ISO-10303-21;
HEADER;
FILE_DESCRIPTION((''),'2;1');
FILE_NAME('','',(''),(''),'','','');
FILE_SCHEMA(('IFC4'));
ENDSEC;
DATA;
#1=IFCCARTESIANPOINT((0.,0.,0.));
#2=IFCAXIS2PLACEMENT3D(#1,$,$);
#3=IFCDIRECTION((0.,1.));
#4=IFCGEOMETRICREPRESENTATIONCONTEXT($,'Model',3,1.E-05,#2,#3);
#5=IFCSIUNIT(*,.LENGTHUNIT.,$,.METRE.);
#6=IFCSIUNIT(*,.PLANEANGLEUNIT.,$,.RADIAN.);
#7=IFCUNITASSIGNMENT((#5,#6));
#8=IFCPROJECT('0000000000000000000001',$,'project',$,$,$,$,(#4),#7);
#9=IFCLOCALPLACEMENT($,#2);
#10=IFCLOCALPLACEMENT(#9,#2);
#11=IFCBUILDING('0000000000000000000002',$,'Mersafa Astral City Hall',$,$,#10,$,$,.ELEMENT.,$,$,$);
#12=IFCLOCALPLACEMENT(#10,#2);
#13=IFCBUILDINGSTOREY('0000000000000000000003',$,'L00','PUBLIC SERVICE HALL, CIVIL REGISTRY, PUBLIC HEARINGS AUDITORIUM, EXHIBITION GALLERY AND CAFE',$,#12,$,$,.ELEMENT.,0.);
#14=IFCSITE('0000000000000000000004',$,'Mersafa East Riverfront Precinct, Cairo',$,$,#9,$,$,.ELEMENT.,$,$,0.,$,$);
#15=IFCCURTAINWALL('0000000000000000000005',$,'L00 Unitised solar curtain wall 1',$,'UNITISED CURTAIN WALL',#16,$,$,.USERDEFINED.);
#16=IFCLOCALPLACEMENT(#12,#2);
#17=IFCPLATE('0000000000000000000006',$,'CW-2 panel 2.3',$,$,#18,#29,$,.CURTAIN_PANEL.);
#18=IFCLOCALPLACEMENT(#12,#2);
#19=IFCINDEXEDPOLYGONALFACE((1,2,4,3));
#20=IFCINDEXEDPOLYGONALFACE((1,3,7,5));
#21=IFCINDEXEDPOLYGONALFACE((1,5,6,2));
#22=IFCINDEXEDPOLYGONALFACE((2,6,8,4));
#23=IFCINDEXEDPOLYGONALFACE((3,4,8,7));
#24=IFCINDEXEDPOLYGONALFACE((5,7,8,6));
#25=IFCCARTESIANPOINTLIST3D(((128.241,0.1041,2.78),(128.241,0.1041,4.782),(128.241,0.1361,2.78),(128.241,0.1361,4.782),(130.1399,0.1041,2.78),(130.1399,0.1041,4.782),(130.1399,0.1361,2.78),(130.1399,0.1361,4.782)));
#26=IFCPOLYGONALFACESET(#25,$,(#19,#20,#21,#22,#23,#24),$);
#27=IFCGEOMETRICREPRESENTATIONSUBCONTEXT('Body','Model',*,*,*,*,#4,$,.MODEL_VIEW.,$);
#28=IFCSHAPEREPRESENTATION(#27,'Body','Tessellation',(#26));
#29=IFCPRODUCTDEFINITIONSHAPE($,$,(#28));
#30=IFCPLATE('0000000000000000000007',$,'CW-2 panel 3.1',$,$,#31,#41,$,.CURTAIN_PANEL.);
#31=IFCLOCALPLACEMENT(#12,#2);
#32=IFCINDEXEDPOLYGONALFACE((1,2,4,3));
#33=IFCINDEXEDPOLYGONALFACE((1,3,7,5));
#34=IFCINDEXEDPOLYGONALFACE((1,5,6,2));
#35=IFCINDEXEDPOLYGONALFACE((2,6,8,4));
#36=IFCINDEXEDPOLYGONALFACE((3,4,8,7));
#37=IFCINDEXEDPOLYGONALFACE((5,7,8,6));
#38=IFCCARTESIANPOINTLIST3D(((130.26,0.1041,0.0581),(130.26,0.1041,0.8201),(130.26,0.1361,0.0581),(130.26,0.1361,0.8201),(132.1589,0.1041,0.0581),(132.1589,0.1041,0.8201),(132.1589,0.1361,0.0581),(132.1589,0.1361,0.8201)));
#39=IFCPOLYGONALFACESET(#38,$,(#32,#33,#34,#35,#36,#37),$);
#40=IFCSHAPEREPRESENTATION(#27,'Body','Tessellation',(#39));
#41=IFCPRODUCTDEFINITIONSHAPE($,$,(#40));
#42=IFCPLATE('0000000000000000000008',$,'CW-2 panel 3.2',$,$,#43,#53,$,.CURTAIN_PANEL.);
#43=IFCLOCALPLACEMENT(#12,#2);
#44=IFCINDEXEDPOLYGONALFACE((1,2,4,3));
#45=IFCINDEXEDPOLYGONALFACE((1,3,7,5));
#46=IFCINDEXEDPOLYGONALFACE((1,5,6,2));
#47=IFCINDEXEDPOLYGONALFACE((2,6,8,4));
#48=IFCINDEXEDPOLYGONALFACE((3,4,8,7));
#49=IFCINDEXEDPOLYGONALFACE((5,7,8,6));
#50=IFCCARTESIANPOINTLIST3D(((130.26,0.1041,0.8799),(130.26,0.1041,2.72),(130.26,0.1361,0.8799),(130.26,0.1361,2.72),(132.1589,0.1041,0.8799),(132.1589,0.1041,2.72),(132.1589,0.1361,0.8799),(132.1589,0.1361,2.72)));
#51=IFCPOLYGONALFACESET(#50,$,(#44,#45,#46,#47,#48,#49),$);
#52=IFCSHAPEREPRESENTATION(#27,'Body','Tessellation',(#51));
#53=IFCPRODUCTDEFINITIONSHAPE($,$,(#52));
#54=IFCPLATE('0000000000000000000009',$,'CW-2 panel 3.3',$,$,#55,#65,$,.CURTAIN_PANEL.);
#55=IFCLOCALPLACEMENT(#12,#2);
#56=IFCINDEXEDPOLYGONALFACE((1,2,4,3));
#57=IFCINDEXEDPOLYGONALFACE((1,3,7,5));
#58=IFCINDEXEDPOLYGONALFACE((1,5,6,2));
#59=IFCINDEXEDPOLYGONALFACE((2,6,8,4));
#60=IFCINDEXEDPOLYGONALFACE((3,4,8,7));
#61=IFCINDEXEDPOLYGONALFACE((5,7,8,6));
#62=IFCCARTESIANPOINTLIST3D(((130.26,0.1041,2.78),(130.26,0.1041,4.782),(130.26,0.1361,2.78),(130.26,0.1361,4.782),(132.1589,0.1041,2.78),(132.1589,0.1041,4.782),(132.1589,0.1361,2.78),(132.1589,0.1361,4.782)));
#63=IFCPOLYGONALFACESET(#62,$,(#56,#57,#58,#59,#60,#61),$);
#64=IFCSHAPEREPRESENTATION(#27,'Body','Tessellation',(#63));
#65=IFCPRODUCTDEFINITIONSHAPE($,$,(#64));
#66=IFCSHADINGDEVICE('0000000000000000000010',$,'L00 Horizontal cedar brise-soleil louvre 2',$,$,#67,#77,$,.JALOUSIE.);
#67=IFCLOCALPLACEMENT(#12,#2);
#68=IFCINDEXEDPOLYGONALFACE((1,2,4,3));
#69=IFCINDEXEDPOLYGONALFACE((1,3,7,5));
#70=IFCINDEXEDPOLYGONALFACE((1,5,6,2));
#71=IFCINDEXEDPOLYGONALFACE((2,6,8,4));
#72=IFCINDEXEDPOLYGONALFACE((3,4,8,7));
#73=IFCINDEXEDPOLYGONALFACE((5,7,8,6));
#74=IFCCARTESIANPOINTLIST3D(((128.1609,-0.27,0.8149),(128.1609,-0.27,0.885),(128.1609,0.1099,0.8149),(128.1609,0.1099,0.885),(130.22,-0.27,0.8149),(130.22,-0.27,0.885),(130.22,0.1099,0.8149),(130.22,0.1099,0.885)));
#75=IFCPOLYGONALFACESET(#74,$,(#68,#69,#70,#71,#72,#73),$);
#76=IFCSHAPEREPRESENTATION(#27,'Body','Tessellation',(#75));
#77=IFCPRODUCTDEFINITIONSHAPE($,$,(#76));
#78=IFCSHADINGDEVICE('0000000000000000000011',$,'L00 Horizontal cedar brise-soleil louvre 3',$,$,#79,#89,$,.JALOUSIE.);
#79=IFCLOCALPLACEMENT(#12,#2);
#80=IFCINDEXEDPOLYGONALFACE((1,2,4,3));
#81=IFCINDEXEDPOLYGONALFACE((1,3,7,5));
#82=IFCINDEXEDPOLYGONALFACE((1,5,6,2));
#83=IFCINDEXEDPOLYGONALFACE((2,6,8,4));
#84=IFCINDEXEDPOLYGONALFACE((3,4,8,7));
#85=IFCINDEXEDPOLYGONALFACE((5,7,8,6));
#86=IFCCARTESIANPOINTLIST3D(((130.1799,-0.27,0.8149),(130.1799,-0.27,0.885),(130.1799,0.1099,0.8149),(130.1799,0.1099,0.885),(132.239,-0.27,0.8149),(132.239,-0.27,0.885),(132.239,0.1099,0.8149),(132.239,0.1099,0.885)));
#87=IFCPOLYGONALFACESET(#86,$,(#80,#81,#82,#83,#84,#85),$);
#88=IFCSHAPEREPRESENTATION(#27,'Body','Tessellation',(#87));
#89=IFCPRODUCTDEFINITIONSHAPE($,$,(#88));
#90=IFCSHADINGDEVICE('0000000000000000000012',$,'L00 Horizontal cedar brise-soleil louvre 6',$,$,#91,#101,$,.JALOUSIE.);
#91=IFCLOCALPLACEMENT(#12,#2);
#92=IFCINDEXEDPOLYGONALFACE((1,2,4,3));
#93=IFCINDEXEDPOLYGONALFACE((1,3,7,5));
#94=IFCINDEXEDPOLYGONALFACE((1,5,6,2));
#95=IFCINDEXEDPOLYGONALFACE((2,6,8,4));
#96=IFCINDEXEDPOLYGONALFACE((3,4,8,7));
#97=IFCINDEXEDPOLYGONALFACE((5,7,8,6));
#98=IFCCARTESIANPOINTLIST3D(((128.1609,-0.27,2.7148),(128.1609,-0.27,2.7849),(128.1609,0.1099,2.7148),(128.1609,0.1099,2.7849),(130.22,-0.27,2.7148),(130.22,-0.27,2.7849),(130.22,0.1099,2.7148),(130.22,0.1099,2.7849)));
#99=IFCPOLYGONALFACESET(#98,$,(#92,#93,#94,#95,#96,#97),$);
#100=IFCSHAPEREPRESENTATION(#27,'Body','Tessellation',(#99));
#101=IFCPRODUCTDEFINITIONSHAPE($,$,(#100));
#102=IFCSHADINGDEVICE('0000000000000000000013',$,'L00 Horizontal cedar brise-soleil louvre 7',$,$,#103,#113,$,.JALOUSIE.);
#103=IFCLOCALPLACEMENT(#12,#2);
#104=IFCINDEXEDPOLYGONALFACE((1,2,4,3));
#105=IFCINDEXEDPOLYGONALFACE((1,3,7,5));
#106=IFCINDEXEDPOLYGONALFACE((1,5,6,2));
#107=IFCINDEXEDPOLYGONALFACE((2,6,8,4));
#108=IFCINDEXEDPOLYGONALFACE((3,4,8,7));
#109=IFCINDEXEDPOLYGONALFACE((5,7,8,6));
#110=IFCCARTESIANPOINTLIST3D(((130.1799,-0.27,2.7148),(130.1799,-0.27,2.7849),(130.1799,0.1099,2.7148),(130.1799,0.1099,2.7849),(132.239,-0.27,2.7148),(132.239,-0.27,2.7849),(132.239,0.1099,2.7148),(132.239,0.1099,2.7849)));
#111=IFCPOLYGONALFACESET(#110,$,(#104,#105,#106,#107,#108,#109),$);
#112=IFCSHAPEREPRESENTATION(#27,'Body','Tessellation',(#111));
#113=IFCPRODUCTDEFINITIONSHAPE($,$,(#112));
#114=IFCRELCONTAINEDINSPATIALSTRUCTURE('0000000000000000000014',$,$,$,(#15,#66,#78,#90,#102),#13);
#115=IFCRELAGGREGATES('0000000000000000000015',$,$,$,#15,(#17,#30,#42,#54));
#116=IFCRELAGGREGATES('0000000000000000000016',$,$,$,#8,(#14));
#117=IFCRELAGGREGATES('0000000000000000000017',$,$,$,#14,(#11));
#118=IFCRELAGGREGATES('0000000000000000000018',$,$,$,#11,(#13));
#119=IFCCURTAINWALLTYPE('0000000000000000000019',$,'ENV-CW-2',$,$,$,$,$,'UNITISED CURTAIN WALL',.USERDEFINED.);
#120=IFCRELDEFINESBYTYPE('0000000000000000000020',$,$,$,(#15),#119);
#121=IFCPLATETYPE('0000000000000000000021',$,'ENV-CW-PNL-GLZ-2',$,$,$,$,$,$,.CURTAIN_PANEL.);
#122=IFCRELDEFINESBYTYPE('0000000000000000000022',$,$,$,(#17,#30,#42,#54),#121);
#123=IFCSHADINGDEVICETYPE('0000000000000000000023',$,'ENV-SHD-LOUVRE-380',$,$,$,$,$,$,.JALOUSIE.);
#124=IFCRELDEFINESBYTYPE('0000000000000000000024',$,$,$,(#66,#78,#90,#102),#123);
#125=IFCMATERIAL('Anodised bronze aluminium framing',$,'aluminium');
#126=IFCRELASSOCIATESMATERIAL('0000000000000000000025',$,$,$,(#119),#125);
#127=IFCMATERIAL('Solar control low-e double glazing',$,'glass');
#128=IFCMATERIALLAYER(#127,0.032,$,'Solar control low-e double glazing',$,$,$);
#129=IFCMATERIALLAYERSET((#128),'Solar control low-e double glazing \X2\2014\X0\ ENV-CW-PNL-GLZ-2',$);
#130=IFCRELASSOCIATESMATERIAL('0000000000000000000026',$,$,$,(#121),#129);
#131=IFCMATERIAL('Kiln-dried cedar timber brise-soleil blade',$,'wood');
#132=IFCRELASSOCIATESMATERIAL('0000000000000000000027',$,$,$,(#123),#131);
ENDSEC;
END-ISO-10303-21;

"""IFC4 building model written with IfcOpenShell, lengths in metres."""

from ifc_helpers import new_model, si_unit, direction, frame, origin, origin_2d, place, context, subcontext, project, spatial, rectangle, extrude, material, layer, layer_set, type_object, element, aggregate, save


model = new_model("IFC4")

# Units and contexts
model_context = context("Model", 3, precision=1e-05, world=origin(), true_north=direction((0.0, 1.0)))
body_context = subcontext(model_context, "Body", "Model", "MODEL_VIEW")
ifc_project = project(units=[si_unit("LENGTHUNIT", "METRE"), si_unit("PLANEANGLEUNIT", "RADIAN")], contexts=[model_context])

# Site, building, storey
site_placement = place(None, origin())
site = spatial("IfcSite", under=ifc_project, at=site_placement, Name="Mersafa East Riverfront Precinct, Cairo", CompositionType="ELEMENT", RefElevation=0.0)
building_placement = place(site_placement, origin())
building = spatial("IfcBuilding", under=site, at=building_placement, Name="Mersafa Astral City Hall", CompositionType="ELEMENT")
storey_placement = place(building_placement, origin())
storey = spatial("IfcBuildingStorey", under=building, at=storey_placement, Name="L00", Description="PUBLIC SERVICE HALL, CIVIL REGISTRY, PUBLIC HEARINGS AUDITORIUM, EXHIBITION GALLERY AND CAFE", CompositionType="ELEMENT", Elevation=0.0)

# Curtain wall
ifc_material_1 = material(Name="Anodised bronze aluminium framing", Category="aluminium")
curtain_wall_type = type_object("IfcCurtainWallType", Name="ENV-CW-2", ElementType="UNITISED CURTAIN WALL", PredefinedType="USERDEFINED", material=ifc_material_1)
curtain_wall_placement = place(storey_placement, origin())
curtain_wall = element("IfcCurtainWall", 1, at=curtain_wall_placement, inside=storey, type_object=curtain_wall_type, Name="L00 Unitised solar curtain wall 1", ObjectType="UNITISED CURTAIN WALL", PredefinedType="USERDEFINED")

# Plates
ifc_material_2 = material(Name="Solar control low-e double glazing", Category="glass")
ifc_layer = layer(ifc_material_2, 0.032, Name="Solar control low-e double glazing")
ifc_layer_set = layer_set([ifc_layer], Name="Solar control low-e double glazing — ENV-CW-PNL-GLZ-2")
plate_type = type_object("IfcPlateType", Name="ENV-CW-PNL-GLZ-2", PredefinedType="CURTAIN_PANEL", material=ifc_layer_set)
plate_1_placement = place(storey_placement, frame((129.1904, 0.1201, 2.78), z_axis=(0.0, 0.0, 1.0), x_axis=(1.0, 0.0, 0.0)))
plate_1 = element("IfcPlate", 2, at=plate_1_placement, type_object=plate_type, Name="CW-2 panel 2.3", PredefinedType="CURTAIN_PANEL", context=body_context, shape_type="SweptSolid", body=[
    extrude(rectangle(XDim=1.8989, YDim=0.032, at=origin_2d()), origin(), (0.0, 0.0, 1.0), 2.002),
])
plate_2_placement = place(storey_placement, frame((131.2095, 0.1201, 0.0581), z_axis=(0.0, 0.0, 1.0), x_axis=(1.0, 0.0, 0.0)))
plate_2 = element("IfcPlate", 3, at=plate_2_placement, type_object=plate_type, Name="CW-2 panel 3.1", PredefinedType="CURTAIN_PANEL", context=body_context, shape_type="SweptSolid", body=[
    extrude(rectangle(XDim=1.8989, YDim=0.032, at=origin_2d()), origin(), (0.0, 0.0, 1.0), 0.762),
])
plate_3_placement = place(storey_placement, frame((131.2095, 0.1201, 0.8799), z_axis=(0.0, 0.0, 1.0), x_axis=(1.0, 0.0, 0.0)))
plate_3 = element("IfcPlate", 4, at=plate_3_placement, type_object=plate_type, Name="CW-2 panel 3.2", PredefinedType="CURTAIN_PANEL", context=body_context, shape_type="SweptSolid", body=[
    extrude(rectangle(XDim=1.8989, YDim=0.032, at=origin_2d()), origin(), (0.0, 0.0, 1.0), 1.8401),
])
plate_4_placement = place(storey_placement, frame((131.2095, 0.1201, 2.78), z_axis=(0.0, 0.0, 1.0), x_axis=(1.0, 0.0, 0.0)))
plate_4 = element("IfcPlate", 5, at=plate_4_placement, type_object=plate_type, Name="CW-2 panel 3.3", PredefinedType="CURTAIN_PANEL", context=body_context, shape_type="SweptSolid", body=[
    extrude(rectangle(XDim=1.8989, YDim=0.032, at=origin_2d()), origin(), (0.0, 0.0, 1.0), 2.002),
])
aggregate(curtain_wall, [plate_1, plate_2, plate_3, plate_4])

# Shading devices
ifc_material_3 = material(Name="Kiln-dried cedar timber brise-soleil blade", Category="wood")
shading_device_type = type_object("IfcShadingDeviceType", Name="ENV-SHD-LOUVRE-380", PredefinedType="JALOUSIE", material=ifc_material_3)
for number, where, z_axis, x_axis, name in (
    (6, (129.1904, -0.0801, 0.8149), (0.0, 0.0, 1.0), (1.0, 0.0, 0.0), "L00 Horizontal cedar brise-soleil louvre 2"),
    (7, (131.2095, -0.0801, 0.8149), (0.0, 0.0, 1.0), (1.0, 0.0, 0.0), "L00 Horizontal cedar brise-soleil louvre 3"),
    (8, (129.1904, -0.0801, 2.7148), (0.0, 0.0, 1.0), (1.0, 0.0, 0.0), "L00 Horizontal cedar brise-soleil louvre 6"),
    (9, (131.2095, -0.0801, 2.7148), (0.0, 0.0, 1.0), (1.0, 0.0, 0.0), "L00 Horizontal cedar brise-soleil louvre 7"),
):
    element("IfcShadingDevice", number, at=place(storey_placement, frame(where, z_axis=z_axis, x_axis=x_axis)), inside=storey, type_object=shading_device_type, Name=name, PredefinedType="JALOUSIE", context=body_context, shape_type="SweptSolid", body=[
        extrude(rectangle(XDim=2.0591, YDim=0.3799, at=origin_2d()), origin(), (0.0, 0.0, 1.0), 0.0701),
    ])

save(model, "model.ifc")
